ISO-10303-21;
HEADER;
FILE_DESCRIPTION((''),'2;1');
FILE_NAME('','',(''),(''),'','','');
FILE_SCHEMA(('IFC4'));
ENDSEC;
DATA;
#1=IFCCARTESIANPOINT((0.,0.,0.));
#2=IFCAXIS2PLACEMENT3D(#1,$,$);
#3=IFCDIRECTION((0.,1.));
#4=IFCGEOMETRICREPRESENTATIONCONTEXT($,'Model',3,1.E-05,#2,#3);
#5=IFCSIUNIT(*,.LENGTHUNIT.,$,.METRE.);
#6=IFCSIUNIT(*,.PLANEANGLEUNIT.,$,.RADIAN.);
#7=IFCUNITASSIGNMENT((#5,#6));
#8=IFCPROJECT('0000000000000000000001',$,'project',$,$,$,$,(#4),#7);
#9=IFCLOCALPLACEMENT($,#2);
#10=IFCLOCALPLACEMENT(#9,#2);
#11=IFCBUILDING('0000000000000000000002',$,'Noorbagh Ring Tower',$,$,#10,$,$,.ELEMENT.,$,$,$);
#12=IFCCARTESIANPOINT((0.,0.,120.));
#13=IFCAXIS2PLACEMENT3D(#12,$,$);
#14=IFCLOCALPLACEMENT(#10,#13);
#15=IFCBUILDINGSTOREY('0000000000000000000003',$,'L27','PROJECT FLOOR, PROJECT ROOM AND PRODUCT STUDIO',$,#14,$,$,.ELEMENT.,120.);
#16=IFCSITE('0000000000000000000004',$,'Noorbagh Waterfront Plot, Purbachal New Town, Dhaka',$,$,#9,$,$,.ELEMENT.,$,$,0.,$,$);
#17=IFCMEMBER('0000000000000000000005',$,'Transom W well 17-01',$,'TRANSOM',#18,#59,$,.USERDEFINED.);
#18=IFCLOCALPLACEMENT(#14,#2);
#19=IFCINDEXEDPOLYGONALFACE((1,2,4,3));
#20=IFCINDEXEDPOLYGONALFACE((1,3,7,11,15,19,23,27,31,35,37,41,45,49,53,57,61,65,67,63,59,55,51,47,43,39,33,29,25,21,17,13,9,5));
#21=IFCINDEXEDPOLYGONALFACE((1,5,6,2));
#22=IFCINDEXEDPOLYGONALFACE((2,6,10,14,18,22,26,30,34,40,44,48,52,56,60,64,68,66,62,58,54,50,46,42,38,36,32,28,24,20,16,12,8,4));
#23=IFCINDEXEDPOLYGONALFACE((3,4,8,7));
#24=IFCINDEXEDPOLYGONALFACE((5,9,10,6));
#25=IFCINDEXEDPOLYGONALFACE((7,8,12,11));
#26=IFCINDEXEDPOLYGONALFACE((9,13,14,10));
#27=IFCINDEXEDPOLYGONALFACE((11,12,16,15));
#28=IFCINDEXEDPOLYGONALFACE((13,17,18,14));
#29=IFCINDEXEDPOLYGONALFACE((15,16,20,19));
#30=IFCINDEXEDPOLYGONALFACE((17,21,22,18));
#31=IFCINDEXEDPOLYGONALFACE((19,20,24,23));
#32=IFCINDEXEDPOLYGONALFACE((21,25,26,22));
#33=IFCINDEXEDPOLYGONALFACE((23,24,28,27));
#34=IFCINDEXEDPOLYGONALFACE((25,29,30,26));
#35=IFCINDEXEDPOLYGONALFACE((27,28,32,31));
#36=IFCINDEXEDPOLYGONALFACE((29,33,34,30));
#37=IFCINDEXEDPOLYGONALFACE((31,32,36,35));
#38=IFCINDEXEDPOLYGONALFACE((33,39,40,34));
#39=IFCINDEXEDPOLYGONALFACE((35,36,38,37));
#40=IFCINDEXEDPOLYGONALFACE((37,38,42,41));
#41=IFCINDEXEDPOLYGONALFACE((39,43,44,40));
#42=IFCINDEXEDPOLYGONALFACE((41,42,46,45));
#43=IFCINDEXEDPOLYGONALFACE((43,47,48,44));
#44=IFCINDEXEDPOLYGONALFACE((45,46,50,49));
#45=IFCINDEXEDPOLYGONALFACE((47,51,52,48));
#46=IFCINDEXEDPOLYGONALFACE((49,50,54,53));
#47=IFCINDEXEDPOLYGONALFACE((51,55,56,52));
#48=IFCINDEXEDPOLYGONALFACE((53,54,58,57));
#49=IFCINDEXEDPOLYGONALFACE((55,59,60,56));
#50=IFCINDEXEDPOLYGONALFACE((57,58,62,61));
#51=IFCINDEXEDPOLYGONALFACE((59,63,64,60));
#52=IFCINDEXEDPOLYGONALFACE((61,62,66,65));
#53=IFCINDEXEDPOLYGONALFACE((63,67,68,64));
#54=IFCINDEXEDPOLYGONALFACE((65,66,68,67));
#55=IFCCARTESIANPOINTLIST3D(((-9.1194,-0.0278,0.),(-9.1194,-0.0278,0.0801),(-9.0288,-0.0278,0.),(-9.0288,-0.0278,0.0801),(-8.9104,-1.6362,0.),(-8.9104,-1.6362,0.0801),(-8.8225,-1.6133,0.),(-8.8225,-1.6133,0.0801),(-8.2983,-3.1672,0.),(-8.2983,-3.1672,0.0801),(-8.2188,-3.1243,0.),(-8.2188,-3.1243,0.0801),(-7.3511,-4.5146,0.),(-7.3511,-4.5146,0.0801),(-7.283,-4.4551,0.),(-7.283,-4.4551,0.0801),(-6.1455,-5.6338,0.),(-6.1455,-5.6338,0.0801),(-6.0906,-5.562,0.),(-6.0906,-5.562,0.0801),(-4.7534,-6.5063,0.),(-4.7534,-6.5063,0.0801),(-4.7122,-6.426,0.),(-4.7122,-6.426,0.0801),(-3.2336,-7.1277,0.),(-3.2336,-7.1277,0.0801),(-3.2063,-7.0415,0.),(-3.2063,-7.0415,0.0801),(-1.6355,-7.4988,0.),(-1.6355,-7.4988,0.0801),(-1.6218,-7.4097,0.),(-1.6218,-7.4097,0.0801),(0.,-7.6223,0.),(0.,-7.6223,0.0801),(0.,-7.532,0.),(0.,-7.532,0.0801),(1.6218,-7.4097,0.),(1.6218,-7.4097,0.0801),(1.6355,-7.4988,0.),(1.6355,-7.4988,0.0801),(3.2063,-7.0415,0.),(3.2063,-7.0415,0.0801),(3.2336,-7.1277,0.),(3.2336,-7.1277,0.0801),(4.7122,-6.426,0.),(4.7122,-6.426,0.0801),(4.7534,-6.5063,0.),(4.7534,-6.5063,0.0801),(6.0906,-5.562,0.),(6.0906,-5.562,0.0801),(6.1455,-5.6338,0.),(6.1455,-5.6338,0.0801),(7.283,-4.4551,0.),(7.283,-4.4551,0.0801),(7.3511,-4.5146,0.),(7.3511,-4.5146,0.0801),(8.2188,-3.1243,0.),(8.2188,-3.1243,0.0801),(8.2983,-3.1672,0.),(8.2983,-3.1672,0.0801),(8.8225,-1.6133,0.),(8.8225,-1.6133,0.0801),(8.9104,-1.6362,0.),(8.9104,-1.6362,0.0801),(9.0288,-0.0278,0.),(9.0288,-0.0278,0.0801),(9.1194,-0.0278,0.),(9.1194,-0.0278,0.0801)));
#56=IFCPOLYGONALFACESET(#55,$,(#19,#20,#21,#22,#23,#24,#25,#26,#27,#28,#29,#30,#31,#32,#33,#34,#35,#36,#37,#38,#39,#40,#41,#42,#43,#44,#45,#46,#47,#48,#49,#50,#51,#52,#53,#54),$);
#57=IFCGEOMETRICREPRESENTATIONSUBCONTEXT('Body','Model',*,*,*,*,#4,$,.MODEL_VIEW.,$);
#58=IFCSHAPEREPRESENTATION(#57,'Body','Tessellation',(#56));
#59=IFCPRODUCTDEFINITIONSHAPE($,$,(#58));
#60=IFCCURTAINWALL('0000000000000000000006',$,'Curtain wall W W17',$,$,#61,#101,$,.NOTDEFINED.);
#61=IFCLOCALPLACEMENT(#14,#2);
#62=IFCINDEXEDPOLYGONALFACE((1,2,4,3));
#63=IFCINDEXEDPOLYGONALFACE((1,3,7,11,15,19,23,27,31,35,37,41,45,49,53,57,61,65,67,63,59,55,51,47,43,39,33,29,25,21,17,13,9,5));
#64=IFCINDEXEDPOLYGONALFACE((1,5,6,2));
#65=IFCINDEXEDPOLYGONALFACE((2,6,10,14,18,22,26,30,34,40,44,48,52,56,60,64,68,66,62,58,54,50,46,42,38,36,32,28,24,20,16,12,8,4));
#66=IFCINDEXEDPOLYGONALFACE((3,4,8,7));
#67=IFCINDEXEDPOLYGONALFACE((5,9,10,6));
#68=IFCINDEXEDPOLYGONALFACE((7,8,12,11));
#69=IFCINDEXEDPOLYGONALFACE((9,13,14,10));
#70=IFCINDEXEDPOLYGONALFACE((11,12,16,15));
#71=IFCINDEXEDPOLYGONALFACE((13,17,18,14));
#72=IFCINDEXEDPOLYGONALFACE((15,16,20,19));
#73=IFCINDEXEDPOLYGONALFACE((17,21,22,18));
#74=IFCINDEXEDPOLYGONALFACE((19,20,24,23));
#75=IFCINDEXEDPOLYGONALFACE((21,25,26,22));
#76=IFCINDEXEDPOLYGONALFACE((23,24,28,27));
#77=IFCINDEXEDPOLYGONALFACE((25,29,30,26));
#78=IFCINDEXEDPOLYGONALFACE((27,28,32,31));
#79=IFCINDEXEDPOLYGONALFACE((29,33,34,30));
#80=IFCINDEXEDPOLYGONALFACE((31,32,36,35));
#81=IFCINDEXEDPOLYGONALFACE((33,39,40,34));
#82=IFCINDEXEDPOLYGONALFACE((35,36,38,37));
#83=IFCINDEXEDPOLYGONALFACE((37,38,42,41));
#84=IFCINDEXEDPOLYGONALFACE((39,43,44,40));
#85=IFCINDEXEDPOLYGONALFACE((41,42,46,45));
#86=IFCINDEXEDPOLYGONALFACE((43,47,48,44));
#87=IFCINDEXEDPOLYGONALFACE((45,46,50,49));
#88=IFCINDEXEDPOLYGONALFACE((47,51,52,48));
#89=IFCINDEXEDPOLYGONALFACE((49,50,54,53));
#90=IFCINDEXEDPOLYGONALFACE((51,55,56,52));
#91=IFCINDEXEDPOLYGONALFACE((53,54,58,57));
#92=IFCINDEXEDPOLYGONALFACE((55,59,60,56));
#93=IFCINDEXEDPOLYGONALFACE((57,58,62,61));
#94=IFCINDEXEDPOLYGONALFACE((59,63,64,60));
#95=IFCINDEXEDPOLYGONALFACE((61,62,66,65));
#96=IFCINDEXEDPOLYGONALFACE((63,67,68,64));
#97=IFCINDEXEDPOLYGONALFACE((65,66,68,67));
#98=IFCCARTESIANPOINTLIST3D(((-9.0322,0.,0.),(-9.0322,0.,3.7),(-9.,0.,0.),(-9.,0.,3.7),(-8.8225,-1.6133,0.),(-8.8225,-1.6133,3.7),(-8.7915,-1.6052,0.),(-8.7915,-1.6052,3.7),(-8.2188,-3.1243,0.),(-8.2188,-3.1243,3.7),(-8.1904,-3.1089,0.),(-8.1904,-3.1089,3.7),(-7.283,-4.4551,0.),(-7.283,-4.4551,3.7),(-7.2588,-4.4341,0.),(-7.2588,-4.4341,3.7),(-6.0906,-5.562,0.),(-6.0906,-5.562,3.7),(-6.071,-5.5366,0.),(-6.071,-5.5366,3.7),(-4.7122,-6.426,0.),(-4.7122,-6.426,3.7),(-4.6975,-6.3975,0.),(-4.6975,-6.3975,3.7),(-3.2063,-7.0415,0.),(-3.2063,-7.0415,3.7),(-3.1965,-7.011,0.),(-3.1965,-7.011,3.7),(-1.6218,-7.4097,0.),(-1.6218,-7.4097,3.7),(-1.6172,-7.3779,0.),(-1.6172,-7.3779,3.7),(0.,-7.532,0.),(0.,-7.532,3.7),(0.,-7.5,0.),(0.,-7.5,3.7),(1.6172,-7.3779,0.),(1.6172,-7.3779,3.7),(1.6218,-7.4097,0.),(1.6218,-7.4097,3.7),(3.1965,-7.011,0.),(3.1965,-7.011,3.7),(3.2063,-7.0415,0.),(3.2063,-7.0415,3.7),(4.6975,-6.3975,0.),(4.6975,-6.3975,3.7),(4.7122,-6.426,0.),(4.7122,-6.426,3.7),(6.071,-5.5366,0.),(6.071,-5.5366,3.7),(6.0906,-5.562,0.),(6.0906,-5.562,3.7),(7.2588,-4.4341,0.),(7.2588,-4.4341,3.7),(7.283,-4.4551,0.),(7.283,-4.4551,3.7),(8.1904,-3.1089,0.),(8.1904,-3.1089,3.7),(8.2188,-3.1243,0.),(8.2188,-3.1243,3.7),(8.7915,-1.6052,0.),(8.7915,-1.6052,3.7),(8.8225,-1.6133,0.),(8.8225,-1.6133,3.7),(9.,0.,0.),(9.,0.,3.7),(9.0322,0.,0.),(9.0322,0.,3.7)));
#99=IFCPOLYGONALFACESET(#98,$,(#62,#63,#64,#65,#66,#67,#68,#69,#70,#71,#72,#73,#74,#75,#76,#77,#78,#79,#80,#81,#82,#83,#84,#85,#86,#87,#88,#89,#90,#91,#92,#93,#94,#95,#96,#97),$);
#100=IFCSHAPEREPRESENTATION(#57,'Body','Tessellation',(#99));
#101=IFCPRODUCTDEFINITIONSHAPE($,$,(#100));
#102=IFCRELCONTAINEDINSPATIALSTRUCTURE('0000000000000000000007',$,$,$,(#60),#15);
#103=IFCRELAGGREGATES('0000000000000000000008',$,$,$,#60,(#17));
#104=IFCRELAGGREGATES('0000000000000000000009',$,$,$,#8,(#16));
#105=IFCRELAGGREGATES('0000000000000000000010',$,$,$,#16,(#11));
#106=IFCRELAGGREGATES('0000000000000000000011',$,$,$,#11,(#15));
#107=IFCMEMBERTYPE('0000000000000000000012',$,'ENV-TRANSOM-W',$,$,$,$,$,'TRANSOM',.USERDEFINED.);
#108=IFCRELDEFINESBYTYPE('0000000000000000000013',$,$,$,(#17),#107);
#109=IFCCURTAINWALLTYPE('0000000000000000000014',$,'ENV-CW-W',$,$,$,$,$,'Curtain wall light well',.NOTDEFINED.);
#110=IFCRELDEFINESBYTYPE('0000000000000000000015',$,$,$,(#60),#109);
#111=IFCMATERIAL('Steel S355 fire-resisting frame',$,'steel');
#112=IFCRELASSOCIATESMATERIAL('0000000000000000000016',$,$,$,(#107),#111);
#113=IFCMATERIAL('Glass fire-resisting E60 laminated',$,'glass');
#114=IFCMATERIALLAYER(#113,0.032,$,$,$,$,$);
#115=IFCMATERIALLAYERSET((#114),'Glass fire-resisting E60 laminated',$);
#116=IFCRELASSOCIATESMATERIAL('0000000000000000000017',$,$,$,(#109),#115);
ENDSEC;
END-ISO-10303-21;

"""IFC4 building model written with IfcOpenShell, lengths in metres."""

from ifc_helpers import new_model, si_unit, direction, frame, origin, place, context, subcontext, project, spatial, polyline, outline, extrude, material, layer, layer_set, type_object, element, aggregate, save


model = new_model("IFC4")

# Units and contexts
model_context = context("Model", 3, precision=1e-05, world=origin(), true_north=direction((0.0, 1.0)))
body_context = subcontext(model_context, "Body", "Model", "MODEL_VIEW")
ifc_project = project(units=[si_unit("LENGTHUNIT", "METRE"), si_unit("PLANEANGLEUNIT", "RADIAN")], contexts=[model_context])

# Member
site_placement = place(None, origin())
building_placement = place(site_placement, origin())
storey_placement = place(building_placement, frame((0.0, 0.0, 120.0)))
ifc_material_1 = material(Name="Steel S355 fire-resisting frame", Category="steel")
member_type_1 = type_object("IfcMemberType", Name="ENV-TRANSOM-W", ElementType="TRANSOM", PredefinedType="USERDEFINED", material=ifc_material_1)
member_1_placement = place(storey_placement, origin())
member_1 = element("IfcMember", 1, at=member_1_placement, type_object=member_type_1, Name="Transom W well 17-01", ObjectType="TRANSOM", PredefinedType="USERDEFINED", context=body_context, shape_type="SweptSolid", body=[
    extrude(outline(polyline([(-9.1194, -0.0278), (-8.9104, -1.6362), (-8.2983, -3.1672), (-7.3511, -4.5146), (-6.1455, -5.6338), (-4.7534, -6.5063), (-3.2336, -7.1277), (-1.6355, -7.4988), (0.0, -7.6223), (1.6355, -7.4988), (3.2336, -7.1277), (4.7534, -6.5063), (6.1455, -5.6338), (7.3511, -4.5146), (8.2983, -3.1672), (8.9104, -1.6362), (9.1194, -0.0278), (9.0288, -0.0278), (8.8225, -1.6133), (8.2188, -3.1243), (7.283, -4.4551), (6.0906, -5.562), (4.7122, -6.426), (3.2063, -7.0415), (1.6218, -7.4097), (0.0, -7.532), (-1.6218, -7.4097), (-3.2063, -7.0415), (-4.7122, -6.426), (-6.0906, -5.562), (-7.283, -4.4551), (-8.2188, -3.1243), (-8.8225, -1.6133), (-9.0288, -0.0278), (-9.1194, -0.0278)])), origin(), (0.0, 0.0, 1.0), 0.0801),
])

# Site, building, storey
site = spatial("IfcSite", under=ifc_project, at=site_placement, Name="Noorbagh Waterfront Plot, Purbachal New Town, Dhaka", CompositionType="ELEMENT", RefElevation=0.0)
building = spatial("IfcBuilding", under=site, at=building_placement, Name="Noorbagh Ring Tower", CompositionType="ELEMENT")
storey = spatial("IfcBuildingStorey", under=building, at=storey_placement, Name="L27", Description="PROJECT FLOOR, PROJECT ROOM AND PRODUCT STUDIO", CompositionType="ELEMENT", Elevation=120.0)

# Curtain wall
ifc_material_2 = material(Name="Glass fire-resisting E60 laminated", Category="glass")
ifc_layer_1 = layer(ifc_material_2, 0.032)
ifc_layer_set_1 = layer_set([ifc_layer_1], Name="Glass fire-resisting E60 laminated")
curtain_wall_type_1 = type_object("IfcCurtainWallType", Name="ENV-CW-W", ElementType="Curtain wall light well", PredefinedType="NOTDEFINED", material=ifc_layer_set_1)
curtain_wall_1_placement = place(storey_placement, origin())
curtain_wall_1 = element("IfcCurtainWall", 2, at=curtain_wall_1_placement, inside=storey, type_object=curtain_wall_type_1, Name="Curtain wall W W17", PredefinedType="NOTDEFINED", context=body_context, shape_type="SweptSolid", body=[
    extrude(outline(polyline([(-9.0322, 0.0), (-8.8225, -1.6133), (-8.2188, -3.1243), (-7.283, -4.4551), (-6.0906, -5.562), (-4.7122, -6.426), (-3.2063, -7.0415), (-1.6218, -7.4097), (0.0, -7.532), (1.6218, -7.4097), (3.2063, -7.0415), (4.7122, -6.426), (6.0906, -5.562), (7.283, -4.4551), (8.2188, -3.1243), (8.8225, -1.6133), (9.0322, 0.0), (9.0, 0.0), (8.7915, -1.6052), (8.1904, -3.1089), (7.2588, -4.4341), (6.071, -5.5366), (4.6975, -6.3975), (3.1965, -7.011), (1.6172, -7.3779), (0.0, -7.5), (-1.6172, -7.3779), (-3.1965, -7.011), (-4.6975, -6.3975), (-6.071, -5.5366), (-7.2588, -4.4341), (-8.1904, -3.1089), (-8.7915, -1.6052), (-9.0, 0.0), (-9.0322, 0.0)])), origin(), (0.0, 0.0, 1.0), 3.7),
])
aggregate(curtain_wall_1, [member_1])

save(model, "model.ifc")
